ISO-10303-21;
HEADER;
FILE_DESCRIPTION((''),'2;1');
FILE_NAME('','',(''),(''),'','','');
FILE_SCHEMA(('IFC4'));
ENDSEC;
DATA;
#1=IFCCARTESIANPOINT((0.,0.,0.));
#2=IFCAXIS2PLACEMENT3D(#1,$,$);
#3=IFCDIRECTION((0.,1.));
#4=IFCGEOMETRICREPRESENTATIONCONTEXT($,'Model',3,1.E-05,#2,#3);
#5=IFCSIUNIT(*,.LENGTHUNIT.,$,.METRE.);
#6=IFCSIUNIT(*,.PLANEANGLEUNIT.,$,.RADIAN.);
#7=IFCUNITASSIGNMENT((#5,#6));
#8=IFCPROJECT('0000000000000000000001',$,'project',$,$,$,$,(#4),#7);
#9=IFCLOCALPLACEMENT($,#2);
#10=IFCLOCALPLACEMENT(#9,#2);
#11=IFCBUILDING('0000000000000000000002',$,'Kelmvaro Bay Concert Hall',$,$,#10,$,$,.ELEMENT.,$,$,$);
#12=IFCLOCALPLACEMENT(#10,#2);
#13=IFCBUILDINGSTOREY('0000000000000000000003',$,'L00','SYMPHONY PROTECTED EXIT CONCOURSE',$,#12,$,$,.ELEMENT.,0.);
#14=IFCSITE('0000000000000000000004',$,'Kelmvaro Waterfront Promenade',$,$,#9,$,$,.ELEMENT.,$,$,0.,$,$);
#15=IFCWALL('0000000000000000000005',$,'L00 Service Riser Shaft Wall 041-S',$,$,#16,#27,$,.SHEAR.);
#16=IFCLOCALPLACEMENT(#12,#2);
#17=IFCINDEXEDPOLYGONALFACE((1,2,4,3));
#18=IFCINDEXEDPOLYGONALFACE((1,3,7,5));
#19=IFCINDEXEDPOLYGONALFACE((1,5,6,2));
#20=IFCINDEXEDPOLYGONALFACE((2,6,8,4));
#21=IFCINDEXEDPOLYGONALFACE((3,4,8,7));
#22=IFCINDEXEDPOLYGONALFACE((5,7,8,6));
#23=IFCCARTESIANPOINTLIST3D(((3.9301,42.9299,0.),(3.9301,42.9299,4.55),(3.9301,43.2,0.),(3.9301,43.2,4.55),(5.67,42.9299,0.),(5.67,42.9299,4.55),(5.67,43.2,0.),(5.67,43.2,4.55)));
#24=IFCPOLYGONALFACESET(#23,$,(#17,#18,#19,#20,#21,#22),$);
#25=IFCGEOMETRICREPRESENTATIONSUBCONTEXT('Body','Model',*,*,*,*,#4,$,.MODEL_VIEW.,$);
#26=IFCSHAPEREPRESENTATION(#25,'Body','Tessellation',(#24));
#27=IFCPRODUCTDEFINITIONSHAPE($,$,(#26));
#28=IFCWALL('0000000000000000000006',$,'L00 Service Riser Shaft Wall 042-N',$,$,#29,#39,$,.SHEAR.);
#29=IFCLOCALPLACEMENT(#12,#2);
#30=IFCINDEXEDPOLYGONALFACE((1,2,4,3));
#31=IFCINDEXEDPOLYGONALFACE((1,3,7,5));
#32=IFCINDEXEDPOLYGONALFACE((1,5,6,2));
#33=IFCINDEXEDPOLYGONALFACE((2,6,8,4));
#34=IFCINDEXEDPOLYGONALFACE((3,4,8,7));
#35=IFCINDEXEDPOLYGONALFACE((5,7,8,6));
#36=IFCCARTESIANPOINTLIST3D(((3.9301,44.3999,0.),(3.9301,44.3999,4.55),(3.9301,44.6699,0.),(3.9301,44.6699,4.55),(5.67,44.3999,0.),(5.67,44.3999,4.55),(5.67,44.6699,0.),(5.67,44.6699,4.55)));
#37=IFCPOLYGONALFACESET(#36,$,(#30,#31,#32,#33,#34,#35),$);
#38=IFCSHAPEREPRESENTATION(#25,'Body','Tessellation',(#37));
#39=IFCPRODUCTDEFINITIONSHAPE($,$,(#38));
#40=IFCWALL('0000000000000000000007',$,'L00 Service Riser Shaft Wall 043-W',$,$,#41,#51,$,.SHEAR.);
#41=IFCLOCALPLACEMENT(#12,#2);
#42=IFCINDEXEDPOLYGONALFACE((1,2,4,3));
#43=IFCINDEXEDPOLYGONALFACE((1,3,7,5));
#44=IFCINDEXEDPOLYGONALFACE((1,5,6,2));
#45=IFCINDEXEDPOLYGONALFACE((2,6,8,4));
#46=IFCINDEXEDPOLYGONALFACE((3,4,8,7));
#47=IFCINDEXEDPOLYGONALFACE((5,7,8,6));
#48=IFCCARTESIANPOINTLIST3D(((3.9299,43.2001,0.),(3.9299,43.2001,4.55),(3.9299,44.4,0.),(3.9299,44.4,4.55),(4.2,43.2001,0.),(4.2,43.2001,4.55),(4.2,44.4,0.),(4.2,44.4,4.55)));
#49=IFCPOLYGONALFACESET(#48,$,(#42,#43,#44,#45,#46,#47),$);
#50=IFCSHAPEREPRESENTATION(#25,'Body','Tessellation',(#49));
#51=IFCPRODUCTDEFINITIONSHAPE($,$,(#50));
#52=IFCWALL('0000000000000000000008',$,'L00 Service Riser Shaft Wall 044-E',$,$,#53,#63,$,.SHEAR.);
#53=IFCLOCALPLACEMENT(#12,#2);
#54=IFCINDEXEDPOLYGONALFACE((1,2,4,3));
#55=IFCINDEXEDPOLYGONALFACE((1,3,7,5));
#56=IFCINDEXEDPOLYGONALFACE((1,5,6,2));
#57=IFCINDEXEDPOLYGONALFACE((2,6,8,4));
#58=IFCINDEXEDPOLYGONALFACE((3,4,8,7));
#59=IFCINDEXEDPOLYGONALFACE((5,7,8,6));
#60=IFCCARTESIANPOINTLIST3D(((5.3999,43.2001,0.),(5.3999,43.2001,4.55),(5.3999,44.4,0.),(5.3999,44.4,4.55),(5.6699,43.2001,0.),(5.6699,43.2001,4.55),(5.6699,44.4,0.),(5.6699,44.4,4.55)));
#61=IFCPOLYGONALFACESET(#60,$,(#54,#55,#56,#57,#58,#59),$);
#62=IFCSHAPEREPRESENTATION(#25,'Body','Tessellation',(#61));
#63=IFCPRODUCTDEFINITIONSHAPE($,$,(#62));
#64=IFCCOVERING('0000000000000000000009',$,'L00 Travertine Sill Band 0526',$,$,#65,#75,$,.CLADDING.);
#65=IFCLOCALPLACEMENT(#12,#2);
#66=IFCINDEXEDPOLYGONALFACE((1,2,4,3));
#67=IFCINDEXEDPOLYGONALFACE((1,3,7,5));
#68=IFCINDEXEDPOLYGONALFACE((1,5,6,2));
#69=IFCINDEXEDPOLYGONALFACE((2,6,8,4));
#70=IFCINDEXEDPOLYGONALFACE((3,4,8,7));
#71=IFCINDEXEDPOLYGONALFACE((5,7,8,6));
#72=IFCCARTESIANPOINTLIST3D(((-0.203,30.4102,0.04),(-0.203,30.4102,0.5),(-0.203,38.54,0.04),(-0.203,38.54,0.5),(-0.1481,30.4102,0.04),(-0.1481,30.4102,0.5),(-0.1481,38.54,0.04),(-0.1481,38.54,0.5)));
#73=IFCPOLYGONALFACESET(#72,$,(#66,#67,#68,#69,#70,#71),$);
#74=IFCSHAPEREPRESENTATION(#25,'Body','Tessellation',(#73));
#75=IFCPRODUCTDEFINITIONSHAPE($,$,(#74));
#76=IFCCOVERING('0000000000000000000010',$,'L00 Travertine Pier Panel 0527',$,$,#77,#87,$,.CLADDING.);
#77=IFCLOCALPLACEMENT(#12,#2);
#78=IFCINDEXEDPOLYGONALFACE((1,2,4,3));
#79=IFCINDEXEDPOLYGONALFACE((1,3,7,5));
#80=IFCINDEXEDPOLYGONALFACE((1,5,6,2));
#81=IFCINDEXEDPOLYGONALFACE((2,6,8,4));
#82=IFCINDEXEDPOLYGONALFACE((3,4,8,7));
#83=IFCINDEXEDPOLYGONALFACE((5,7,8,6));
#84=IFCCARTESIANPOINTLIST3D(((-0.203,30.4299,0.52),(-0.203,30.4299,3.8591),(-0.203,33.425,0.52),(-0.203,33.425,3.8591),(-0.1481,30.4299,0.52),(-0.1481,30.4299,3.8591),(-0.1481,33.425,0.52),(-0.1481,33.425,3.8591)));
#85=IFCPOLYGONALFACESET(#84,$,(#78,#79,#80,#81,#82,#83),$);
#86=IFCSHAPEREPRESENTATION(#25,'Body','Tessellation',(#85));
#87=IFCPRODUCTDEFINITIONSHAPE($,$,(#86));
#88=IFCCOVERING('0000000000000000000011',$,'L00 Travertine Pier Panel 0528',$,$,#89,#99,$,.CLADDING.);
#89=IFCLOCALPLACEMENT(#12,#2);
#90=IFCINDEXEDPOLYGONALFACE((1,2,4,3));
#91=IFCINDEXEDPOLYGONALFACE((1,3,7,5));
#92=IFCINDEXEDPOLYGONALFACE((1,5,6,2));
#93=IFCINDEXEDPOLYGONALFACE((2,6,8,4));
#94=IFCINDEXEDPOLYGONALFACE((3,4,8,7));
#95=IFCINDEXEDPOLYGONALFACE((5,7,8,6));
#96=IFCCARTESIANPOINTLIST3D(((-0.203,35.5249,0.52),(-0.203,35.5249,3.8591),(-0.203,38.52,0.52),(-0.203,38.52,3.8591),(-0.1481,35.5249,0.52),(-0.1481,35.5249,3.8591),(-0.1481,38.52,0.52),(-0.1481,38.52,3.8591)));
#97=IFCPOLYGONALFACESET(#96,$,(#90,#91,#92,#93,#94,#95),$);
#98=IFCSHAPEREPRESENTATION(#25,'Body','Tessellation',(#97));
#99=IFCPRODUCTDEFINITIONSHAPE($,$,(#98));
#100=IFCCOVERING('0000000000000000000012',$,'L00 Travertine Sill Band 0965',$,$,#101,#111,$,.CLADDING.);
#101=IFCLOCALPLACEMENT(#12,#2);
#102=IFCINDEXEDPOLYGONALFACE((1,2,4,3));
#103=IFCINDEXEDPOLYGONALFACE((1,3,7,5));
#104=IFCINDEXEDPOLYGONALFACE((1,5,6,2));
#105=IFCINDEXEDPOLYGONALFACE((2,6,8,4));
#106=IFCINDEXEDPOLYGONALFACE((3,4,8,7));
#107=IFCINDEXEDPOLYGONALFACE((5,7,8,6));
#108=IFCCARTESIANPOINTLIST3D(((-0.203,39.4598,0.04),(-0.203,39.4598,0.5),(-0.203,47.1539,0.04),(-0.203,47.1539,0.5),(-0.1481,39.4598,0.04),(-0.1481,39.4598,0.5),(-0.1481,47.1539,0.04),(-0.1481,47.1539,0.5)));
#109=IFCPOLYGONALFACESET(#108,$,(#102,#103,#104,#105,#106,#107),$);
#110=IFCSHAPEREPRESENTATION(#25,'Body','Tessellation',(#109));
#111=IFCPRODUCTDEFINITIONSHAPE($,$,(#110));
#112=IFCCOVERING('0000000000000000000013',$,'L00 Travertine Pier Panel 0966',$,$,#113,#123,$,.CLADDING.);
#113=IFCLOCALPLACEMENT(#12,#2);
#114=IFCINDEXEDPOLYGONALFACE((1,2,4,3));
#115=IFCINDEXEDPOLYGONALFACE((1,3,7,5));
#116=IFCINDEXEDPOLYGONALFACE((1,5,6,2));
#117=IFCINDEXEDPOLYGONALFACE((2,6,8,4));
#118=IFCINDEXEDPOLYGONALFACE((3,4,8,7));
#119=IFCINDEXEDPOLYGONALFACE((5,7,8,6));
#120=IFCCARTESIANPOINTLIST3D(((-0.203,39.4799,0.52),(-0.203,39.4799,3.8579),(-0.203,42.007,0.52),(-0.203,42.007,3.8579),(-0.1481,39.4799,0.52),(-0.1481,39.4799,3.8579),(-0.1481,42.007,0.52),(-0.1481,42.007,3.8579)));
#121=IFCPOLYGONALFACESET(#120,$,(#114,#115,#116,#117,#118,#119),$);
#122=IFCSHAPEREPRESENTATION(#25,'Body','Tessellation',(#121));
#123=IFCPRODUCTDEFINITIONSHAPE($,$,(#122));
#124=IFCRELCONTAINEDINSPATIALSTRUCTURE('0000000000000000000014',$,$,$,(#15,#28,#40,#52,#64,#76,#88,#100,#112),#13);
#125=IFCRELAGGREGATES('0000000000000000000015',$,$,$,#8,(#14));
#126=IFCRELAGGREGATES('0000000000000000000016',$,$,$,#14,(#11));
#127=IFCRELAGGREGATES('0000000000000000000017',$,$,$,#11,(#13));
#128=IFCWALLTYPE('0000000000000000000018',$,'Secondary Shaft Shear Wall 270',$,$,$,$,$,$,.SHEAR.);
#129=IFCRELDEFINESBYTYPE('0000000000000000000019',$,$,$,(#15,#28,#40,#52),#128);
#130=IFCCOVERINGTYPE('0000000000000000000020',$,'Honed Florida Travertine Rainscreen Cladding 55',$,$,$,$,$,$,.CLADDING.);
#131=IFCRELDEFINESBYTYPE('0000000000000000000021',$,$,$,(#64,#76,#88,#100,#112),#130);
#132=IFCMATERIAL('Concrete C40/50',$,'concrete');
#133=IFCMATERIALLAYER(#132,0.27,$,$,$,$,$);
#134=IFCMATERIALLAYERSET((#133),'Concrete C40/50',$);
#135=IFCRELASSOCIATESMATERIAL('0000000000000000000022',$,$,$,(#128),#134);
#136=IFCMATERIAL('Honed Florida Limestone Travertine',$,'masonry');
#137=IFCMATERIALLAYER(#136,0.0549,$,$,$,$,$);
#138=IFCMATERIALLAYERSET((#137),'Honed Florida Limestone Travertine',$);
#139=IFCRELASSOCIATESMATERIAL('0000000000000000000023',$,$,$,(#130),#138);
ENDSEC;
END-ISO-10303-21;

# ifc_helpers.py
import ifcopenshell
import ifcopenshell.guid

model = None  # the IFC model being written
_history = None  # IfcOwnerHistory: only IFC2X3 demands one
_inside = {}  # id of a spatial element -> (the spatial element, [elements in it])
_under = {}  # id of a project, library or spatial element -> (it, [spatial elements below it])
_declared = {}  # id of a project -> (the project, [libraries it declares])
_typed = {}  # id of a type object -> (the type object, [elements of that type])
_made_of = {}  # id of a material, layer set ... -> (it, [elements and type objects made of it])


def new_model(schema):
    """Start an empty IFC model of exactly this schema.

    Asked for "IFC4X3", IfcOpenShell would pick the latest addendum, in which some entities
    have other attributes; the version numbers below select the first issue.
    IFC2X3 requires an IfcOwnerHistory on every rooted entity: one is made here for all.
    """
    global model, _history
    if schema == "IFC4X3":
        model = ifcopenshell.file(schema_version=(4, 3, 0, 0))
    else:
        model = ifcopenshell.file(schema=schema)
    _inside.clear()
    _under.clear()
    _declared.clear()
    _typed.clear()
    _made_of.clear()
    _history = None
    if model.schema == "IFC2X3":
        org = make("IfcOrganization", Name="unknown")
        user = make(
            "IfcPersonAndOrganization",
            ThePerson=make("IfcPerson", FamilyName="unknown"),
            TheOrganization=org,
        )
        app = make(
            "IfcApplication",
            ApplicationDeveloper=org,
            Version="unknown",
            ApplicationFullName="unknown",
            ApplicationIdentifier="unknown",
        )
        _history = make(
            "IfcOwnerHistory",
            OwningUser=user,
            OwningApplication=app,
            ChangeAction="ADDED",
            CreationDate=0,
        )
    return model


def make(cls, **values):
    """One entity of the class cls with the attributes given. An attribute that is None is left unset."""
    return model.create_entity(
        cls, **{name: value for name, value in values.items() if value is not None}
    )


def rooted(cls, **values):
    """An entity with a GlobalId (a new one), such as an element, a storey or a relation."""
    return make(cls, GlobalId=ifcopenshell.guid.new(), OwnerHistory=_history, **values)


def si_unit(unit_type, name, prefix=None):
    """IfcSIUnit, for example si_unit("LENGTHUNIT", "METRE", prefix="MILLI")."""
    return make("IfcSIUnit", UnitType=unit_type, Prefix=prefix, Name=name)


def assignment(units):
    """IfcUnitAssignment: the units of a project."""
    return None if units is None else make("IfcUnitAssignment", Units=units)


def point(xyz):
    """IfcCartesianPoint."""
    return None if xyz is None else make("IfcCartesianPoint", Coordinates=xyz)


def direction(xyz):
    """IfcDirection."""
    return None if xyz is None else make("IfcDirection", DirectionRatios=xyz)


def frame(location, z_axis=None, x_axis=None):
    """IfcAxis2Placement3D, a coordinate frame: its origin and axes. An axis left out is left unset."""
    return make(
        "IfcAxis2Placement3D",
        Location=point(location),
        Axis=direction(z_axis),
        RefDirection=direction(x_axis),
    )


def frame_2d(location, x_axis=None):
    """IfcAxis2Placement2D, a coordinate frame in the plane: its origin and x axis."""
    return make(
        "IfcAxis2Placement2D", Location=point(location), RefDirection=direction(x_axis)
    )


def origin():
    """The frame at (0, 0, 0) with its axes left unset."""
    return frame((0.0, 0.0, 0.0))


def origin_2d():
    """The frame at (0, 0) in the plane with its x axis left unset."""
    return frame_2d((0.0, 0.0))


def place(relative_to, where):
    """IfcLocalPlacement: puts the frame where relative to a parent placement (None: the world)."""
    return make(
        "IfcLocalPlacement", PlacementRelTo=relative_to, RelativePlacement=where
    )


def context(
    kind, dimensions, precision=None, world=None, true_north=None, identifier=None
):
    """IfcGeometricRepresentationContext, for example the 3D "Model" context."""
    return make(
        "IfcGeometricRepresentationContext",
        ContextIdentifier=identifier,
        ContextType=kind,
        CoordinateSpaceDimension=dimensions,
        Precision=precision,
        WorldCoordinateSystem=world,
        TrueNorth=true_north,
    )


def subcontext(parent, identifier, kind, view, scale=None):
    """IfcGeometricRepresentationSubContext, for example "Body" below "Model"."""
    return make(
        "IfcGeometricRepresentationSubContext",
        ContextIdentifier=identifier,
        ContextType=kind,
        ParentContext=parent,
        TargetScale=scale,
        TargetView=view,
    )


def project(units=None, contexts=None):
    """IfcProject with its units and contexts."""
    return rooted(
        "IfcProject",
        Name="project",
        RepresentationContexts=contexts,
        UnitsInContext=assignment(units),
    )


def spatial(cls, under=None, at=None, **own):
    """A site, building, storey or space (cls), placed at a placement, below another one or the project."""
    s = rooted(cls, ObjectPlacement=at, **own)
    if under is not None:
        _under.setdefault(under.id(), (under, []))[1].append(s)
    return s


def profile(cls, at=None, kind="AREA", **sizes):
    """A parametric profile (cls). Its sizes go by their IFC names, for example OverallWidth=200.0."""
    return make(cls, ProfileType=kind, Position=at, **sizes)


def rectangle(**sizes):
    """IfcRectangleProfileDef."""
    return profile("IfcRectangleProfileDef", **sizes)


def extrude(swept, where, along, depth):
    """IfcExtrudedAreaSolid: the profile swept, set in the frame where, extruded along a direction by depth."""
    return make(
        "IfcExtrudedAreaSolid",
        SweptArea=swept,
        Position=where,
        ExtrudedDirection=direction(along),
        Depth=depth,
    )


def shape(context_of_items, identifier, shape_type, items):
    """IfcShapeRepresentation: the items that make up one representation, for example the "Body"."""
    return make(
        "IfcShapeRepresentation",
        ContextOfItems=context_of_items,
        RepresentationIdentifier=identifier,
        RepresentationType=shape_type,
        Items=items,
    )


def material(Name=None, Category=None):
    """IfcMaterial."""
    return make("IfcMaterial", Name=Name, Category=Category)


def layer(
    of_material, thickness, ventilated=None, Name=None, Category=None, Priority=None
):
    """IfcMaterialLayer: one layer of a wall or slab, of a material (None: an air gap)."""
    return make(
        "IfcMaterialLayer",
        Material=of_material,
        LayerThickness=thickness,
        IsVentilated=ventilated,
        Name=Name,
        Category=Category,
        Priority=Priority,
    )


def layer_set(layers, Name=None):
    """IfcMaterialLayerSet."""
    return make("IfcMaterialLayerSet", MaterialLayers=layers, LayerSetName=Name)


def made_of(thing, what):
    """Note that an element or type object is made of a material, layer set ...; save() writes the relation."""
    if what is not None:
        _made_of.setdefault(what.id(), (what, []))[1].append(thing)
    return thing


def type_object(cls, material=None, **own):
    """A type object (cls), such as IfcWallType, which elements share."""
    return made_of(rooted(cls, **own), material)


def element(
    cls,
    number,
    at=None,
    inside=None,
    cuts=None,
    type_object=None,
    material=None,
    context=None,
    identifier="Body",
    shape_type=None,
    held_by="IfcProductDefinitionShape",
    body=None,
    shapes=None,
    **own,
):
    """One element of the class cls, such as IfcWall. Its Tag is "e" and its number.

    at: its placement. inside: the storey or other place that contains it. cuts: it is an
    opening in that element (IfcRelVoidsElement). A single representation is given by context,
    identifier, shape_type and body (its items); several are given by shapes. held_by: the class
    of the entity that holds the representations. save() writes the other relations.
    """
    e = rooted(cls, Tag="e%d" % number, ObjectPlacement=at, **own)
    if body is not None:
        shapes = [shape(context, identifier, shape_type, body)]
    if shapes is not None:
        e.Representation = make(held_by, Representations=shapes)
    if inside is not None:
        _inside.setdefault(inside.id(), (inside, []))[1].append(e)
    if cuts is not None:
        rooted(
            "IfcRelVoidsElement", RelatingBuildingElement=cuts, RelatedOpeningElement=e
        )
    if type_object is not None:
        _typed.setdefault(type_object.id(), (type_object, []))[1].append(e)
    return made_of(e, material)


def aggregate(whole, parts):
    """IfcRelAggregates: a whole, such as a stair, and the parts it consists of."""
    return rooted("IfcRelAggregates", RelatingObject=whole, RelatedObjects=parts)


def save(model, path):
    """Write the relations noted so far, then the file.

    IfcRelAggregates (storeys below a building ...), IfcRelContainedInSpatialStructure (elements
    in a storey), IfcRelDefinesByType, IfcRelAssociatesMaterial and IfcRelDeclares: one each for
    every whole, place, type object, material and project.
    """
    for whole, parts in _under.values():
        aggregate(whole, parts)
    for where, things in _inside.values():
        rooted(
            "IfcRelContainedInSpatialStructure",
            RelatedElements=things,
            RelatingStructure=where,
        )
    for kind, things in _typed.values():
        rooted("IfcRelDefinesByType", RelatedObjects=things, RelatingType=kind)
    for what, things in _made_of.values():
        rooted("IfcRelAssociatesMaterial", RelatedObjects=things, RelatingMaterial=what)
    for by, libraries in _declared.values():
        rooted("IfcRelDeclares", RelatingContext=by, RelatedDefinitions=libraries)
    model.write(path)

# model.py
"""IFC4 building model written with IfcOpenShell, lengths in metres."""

from ifc_helpers import new_model, si_unit, direction, frame, frame_2d, origin, origin_2d, place, context, subcontext, project, spatial, rectangle, extrude, material, layer, layer_set, type_object, element, save


model = new_model("IFC4")

# Units and contexts
model_context = context("Model", 3, precision=1e-05, world=origin(), true_north=direction((0.0, 1.0)))
body_context = subcontext(model_context, "Body", "Model", "MODEL_VIEW")
ifc_project = project(units=[si_unit("LENGTHUNIT", "METRE"), si_unit("PLANEANGLEUNIT", "RADIAN")], contexts=[model_context])

# Site, building, storey
site_placement = place(None, origin())
site = spatial("IfcSite", under=ifc_project, at=site_placement, Name="Kelmvaro Waterfront Promenade", CompositionType="ELEMENT", RefElevation=0.0)
building_placement = place(site_placement, origin())
building = spatial("IfcBuilding", under=site, at=building_placement, Name="Kelmvaro Bay Concert Hall", CompositionType="ELEMENT")
storey_placement = place(building_placement, origin())
storey = spatial("IfcBuildingStorey", under=building, at=storey_placement, Name="L00", Description="SYMPHONY PROTECTED EXIT CONCOURSE", CompositionType="ELEMENT", Elevation=0.0)

# Walls
ifc_material_1 = material(Name="Concrete C40/50", Category="concrete")
ifc_layer_1 = layer(ifc_material_1, 0.27)
ifc_layer_set_1 = layer_set([ifc_layer_1], Name="Concrete C40/50")
wall_type_1 = type_object("IfcWallType", Name="Secondary Shaft Shear Wall 270", PredefinedType="SHEAR", material=ifc_layer_set_1)
for number, where, z_axis, x_axis, name in (
    (1, (3.9299, 43.0649, 0.0), (0.0, 0.0, 1.0), (1.0, 0.0, 0.0), "L00 Service Riser Shaft Wall 041-S"),
    (2, (3.9299, 44.5349, 0.0), (0.0, 0.0, 1.0), (1.0, 0.0, 0.0), "L00 Service Riser Shaft Wall 042-N"),
):
    element("IfcWall", number, at=place(storey_placement, frame(where, z_axis=z_axis, x_axis=x_axis)), inside=storey, type_object=wall_type_1, Name=name, PredefinedType="SHEAR", context=body_context, shape_type="SweptSolid", body=[
        extrude(rectangle(XDim=1.74, YDim=0.27, at=frame_2d((0.8701, 0.0))), origin(), (0.0, 0.0, 1.0), 4.55),
    ])
for number, where, z_axis, x_axis, name in (
    (3, (4.0649, 43.2, 0.0), (0.0, 0.0, 1.0), (0.0, 1.0, 0.0), "L00 Service Riser Shaft Wall 043-W"),
    (4, (5.5349, 43.2, 0.0), (0.0, 0.0, 1.0), (0.0, 1.0, 0.0), "L00 Service Riser Shaft Wall 044-E"),
):
    element("IfcWall", number, at=place(storey_placement, frame(where, z_axis=z_axis, x_axis=x_axis)), inside=storey, type_object=wall_type_1, Name=name, PredefinedType="SHEAR", context=body_context, shape_type="SweptSolid", body=[
        extrude(rectangle(XDim=1.2, YDim=0.27, at=frame_2d((0.6001, 0.0))), origin(), (0.0, 0.0, 1.0), 4.55),
    ])

# Coverings
ifc_material_2 = material(Name="Honed Florida Limestone Travertine", Category="masonry")
ifc_layer_2 = layer(ifc_material_2, 0.0549)
ifc_layer_set_2 = layer_set([ifc_layer_2], Name="Honed Florida Limestone Travertine")
covering_type = type_object("IfcCoveringType", Name="Honed Florida Travertine Rainscreen Cladding 55", PredefinedType="CLADDING", material=ifc_layer_set_2)
covering_1_placement = place(storey_placement, frame((-0.1755, 34.4751, 0.04), z_axis=(0.0, 0.0, 1.0), x_axis=(0.0, 1.0, 0.0)))
element("IfcCovering", 5, at=covering_1_placement, inside=storey, type_object=covering_type, Name="L00 Travertine Sill Band 0526", PredefinedType="CLADDING", context=body_context, shape_type="SweptSolid", body=[
    extrude(rectangle(XDim=8.1299, YDim=0.0549, at=origin_2d()), origin(), (0.0, 0.0, 1.0), 0.46),
])
for number, where, z_axis, x_axis, name in (
    (6, (-0.1755, 31.9275, 0.52), (0.0, 0.0, 1.0), (0.0, 1.0, 0.0), "L00 Travertine Pier Panel 0527"),
    (7, (-0.1755, 37.0225, 0.52), (0.0, 0.0, 1.0), (0.0, 1.0, 0.0), "L00 Travertine Pier Panel 0528"),
):
    element("IfcCovering", number, at=place(storey_placement, frame(where, z_axis=z_axis, x_axis=x_axis)), inside=storey, type_object=covering_type, Name=name, PredefinedType="CLADDING", context=body_context, shape_type="SweptSolid", body=[
        extrude(rectangle(XDim=2.9951, YDim=0.0549, at=origin_2d()), origin(), (0.0, 0.0, 1.0), 3.3391),
    ])
covering_2_placement = place(storey_placement, frame((-0.1755, 43.3069, 0.04), z_axis=(0.0, 0.0, 1.0), x_axis=(0.0, 1.0, 0.0)))
element("IfcCovering", 8, at=covering_2_placement, inside=storey, type_object=covering_type, Name="L00 Travertine Sill Band 0965", PredefinedType="CLADDING", context=body_context, shape_type="SweptSolid", body=[
    extrude(rectangle(XDim=7.6941, YDim=0.0549, at=origin_2d()), origin(), (0.0, 0.0, 1.0), 0.46),
])
covering_3_placement = place(storey_placement, frame((-0.1755, 40.7434, 0.52), z_axis=(0.0, 0.0, 1.0), x_axis=(0.0, 1.0, 0.0)))
element("IfcCovering", 9, at=covering_3_placement, inside=storey, type_object=covering_type, Name="L00 Travertine Pier Panel 0966", PredefinedType="CLADDING", context=body_context, shape_type="SweptSolid", body=[
    extrude(rectangle(XDim=2.5271, YDim=0.0549, at=origin_2d()), origin(), (0.0, 0.0, 1.0), 3.3379),
])

save(model, "model.ifc")
